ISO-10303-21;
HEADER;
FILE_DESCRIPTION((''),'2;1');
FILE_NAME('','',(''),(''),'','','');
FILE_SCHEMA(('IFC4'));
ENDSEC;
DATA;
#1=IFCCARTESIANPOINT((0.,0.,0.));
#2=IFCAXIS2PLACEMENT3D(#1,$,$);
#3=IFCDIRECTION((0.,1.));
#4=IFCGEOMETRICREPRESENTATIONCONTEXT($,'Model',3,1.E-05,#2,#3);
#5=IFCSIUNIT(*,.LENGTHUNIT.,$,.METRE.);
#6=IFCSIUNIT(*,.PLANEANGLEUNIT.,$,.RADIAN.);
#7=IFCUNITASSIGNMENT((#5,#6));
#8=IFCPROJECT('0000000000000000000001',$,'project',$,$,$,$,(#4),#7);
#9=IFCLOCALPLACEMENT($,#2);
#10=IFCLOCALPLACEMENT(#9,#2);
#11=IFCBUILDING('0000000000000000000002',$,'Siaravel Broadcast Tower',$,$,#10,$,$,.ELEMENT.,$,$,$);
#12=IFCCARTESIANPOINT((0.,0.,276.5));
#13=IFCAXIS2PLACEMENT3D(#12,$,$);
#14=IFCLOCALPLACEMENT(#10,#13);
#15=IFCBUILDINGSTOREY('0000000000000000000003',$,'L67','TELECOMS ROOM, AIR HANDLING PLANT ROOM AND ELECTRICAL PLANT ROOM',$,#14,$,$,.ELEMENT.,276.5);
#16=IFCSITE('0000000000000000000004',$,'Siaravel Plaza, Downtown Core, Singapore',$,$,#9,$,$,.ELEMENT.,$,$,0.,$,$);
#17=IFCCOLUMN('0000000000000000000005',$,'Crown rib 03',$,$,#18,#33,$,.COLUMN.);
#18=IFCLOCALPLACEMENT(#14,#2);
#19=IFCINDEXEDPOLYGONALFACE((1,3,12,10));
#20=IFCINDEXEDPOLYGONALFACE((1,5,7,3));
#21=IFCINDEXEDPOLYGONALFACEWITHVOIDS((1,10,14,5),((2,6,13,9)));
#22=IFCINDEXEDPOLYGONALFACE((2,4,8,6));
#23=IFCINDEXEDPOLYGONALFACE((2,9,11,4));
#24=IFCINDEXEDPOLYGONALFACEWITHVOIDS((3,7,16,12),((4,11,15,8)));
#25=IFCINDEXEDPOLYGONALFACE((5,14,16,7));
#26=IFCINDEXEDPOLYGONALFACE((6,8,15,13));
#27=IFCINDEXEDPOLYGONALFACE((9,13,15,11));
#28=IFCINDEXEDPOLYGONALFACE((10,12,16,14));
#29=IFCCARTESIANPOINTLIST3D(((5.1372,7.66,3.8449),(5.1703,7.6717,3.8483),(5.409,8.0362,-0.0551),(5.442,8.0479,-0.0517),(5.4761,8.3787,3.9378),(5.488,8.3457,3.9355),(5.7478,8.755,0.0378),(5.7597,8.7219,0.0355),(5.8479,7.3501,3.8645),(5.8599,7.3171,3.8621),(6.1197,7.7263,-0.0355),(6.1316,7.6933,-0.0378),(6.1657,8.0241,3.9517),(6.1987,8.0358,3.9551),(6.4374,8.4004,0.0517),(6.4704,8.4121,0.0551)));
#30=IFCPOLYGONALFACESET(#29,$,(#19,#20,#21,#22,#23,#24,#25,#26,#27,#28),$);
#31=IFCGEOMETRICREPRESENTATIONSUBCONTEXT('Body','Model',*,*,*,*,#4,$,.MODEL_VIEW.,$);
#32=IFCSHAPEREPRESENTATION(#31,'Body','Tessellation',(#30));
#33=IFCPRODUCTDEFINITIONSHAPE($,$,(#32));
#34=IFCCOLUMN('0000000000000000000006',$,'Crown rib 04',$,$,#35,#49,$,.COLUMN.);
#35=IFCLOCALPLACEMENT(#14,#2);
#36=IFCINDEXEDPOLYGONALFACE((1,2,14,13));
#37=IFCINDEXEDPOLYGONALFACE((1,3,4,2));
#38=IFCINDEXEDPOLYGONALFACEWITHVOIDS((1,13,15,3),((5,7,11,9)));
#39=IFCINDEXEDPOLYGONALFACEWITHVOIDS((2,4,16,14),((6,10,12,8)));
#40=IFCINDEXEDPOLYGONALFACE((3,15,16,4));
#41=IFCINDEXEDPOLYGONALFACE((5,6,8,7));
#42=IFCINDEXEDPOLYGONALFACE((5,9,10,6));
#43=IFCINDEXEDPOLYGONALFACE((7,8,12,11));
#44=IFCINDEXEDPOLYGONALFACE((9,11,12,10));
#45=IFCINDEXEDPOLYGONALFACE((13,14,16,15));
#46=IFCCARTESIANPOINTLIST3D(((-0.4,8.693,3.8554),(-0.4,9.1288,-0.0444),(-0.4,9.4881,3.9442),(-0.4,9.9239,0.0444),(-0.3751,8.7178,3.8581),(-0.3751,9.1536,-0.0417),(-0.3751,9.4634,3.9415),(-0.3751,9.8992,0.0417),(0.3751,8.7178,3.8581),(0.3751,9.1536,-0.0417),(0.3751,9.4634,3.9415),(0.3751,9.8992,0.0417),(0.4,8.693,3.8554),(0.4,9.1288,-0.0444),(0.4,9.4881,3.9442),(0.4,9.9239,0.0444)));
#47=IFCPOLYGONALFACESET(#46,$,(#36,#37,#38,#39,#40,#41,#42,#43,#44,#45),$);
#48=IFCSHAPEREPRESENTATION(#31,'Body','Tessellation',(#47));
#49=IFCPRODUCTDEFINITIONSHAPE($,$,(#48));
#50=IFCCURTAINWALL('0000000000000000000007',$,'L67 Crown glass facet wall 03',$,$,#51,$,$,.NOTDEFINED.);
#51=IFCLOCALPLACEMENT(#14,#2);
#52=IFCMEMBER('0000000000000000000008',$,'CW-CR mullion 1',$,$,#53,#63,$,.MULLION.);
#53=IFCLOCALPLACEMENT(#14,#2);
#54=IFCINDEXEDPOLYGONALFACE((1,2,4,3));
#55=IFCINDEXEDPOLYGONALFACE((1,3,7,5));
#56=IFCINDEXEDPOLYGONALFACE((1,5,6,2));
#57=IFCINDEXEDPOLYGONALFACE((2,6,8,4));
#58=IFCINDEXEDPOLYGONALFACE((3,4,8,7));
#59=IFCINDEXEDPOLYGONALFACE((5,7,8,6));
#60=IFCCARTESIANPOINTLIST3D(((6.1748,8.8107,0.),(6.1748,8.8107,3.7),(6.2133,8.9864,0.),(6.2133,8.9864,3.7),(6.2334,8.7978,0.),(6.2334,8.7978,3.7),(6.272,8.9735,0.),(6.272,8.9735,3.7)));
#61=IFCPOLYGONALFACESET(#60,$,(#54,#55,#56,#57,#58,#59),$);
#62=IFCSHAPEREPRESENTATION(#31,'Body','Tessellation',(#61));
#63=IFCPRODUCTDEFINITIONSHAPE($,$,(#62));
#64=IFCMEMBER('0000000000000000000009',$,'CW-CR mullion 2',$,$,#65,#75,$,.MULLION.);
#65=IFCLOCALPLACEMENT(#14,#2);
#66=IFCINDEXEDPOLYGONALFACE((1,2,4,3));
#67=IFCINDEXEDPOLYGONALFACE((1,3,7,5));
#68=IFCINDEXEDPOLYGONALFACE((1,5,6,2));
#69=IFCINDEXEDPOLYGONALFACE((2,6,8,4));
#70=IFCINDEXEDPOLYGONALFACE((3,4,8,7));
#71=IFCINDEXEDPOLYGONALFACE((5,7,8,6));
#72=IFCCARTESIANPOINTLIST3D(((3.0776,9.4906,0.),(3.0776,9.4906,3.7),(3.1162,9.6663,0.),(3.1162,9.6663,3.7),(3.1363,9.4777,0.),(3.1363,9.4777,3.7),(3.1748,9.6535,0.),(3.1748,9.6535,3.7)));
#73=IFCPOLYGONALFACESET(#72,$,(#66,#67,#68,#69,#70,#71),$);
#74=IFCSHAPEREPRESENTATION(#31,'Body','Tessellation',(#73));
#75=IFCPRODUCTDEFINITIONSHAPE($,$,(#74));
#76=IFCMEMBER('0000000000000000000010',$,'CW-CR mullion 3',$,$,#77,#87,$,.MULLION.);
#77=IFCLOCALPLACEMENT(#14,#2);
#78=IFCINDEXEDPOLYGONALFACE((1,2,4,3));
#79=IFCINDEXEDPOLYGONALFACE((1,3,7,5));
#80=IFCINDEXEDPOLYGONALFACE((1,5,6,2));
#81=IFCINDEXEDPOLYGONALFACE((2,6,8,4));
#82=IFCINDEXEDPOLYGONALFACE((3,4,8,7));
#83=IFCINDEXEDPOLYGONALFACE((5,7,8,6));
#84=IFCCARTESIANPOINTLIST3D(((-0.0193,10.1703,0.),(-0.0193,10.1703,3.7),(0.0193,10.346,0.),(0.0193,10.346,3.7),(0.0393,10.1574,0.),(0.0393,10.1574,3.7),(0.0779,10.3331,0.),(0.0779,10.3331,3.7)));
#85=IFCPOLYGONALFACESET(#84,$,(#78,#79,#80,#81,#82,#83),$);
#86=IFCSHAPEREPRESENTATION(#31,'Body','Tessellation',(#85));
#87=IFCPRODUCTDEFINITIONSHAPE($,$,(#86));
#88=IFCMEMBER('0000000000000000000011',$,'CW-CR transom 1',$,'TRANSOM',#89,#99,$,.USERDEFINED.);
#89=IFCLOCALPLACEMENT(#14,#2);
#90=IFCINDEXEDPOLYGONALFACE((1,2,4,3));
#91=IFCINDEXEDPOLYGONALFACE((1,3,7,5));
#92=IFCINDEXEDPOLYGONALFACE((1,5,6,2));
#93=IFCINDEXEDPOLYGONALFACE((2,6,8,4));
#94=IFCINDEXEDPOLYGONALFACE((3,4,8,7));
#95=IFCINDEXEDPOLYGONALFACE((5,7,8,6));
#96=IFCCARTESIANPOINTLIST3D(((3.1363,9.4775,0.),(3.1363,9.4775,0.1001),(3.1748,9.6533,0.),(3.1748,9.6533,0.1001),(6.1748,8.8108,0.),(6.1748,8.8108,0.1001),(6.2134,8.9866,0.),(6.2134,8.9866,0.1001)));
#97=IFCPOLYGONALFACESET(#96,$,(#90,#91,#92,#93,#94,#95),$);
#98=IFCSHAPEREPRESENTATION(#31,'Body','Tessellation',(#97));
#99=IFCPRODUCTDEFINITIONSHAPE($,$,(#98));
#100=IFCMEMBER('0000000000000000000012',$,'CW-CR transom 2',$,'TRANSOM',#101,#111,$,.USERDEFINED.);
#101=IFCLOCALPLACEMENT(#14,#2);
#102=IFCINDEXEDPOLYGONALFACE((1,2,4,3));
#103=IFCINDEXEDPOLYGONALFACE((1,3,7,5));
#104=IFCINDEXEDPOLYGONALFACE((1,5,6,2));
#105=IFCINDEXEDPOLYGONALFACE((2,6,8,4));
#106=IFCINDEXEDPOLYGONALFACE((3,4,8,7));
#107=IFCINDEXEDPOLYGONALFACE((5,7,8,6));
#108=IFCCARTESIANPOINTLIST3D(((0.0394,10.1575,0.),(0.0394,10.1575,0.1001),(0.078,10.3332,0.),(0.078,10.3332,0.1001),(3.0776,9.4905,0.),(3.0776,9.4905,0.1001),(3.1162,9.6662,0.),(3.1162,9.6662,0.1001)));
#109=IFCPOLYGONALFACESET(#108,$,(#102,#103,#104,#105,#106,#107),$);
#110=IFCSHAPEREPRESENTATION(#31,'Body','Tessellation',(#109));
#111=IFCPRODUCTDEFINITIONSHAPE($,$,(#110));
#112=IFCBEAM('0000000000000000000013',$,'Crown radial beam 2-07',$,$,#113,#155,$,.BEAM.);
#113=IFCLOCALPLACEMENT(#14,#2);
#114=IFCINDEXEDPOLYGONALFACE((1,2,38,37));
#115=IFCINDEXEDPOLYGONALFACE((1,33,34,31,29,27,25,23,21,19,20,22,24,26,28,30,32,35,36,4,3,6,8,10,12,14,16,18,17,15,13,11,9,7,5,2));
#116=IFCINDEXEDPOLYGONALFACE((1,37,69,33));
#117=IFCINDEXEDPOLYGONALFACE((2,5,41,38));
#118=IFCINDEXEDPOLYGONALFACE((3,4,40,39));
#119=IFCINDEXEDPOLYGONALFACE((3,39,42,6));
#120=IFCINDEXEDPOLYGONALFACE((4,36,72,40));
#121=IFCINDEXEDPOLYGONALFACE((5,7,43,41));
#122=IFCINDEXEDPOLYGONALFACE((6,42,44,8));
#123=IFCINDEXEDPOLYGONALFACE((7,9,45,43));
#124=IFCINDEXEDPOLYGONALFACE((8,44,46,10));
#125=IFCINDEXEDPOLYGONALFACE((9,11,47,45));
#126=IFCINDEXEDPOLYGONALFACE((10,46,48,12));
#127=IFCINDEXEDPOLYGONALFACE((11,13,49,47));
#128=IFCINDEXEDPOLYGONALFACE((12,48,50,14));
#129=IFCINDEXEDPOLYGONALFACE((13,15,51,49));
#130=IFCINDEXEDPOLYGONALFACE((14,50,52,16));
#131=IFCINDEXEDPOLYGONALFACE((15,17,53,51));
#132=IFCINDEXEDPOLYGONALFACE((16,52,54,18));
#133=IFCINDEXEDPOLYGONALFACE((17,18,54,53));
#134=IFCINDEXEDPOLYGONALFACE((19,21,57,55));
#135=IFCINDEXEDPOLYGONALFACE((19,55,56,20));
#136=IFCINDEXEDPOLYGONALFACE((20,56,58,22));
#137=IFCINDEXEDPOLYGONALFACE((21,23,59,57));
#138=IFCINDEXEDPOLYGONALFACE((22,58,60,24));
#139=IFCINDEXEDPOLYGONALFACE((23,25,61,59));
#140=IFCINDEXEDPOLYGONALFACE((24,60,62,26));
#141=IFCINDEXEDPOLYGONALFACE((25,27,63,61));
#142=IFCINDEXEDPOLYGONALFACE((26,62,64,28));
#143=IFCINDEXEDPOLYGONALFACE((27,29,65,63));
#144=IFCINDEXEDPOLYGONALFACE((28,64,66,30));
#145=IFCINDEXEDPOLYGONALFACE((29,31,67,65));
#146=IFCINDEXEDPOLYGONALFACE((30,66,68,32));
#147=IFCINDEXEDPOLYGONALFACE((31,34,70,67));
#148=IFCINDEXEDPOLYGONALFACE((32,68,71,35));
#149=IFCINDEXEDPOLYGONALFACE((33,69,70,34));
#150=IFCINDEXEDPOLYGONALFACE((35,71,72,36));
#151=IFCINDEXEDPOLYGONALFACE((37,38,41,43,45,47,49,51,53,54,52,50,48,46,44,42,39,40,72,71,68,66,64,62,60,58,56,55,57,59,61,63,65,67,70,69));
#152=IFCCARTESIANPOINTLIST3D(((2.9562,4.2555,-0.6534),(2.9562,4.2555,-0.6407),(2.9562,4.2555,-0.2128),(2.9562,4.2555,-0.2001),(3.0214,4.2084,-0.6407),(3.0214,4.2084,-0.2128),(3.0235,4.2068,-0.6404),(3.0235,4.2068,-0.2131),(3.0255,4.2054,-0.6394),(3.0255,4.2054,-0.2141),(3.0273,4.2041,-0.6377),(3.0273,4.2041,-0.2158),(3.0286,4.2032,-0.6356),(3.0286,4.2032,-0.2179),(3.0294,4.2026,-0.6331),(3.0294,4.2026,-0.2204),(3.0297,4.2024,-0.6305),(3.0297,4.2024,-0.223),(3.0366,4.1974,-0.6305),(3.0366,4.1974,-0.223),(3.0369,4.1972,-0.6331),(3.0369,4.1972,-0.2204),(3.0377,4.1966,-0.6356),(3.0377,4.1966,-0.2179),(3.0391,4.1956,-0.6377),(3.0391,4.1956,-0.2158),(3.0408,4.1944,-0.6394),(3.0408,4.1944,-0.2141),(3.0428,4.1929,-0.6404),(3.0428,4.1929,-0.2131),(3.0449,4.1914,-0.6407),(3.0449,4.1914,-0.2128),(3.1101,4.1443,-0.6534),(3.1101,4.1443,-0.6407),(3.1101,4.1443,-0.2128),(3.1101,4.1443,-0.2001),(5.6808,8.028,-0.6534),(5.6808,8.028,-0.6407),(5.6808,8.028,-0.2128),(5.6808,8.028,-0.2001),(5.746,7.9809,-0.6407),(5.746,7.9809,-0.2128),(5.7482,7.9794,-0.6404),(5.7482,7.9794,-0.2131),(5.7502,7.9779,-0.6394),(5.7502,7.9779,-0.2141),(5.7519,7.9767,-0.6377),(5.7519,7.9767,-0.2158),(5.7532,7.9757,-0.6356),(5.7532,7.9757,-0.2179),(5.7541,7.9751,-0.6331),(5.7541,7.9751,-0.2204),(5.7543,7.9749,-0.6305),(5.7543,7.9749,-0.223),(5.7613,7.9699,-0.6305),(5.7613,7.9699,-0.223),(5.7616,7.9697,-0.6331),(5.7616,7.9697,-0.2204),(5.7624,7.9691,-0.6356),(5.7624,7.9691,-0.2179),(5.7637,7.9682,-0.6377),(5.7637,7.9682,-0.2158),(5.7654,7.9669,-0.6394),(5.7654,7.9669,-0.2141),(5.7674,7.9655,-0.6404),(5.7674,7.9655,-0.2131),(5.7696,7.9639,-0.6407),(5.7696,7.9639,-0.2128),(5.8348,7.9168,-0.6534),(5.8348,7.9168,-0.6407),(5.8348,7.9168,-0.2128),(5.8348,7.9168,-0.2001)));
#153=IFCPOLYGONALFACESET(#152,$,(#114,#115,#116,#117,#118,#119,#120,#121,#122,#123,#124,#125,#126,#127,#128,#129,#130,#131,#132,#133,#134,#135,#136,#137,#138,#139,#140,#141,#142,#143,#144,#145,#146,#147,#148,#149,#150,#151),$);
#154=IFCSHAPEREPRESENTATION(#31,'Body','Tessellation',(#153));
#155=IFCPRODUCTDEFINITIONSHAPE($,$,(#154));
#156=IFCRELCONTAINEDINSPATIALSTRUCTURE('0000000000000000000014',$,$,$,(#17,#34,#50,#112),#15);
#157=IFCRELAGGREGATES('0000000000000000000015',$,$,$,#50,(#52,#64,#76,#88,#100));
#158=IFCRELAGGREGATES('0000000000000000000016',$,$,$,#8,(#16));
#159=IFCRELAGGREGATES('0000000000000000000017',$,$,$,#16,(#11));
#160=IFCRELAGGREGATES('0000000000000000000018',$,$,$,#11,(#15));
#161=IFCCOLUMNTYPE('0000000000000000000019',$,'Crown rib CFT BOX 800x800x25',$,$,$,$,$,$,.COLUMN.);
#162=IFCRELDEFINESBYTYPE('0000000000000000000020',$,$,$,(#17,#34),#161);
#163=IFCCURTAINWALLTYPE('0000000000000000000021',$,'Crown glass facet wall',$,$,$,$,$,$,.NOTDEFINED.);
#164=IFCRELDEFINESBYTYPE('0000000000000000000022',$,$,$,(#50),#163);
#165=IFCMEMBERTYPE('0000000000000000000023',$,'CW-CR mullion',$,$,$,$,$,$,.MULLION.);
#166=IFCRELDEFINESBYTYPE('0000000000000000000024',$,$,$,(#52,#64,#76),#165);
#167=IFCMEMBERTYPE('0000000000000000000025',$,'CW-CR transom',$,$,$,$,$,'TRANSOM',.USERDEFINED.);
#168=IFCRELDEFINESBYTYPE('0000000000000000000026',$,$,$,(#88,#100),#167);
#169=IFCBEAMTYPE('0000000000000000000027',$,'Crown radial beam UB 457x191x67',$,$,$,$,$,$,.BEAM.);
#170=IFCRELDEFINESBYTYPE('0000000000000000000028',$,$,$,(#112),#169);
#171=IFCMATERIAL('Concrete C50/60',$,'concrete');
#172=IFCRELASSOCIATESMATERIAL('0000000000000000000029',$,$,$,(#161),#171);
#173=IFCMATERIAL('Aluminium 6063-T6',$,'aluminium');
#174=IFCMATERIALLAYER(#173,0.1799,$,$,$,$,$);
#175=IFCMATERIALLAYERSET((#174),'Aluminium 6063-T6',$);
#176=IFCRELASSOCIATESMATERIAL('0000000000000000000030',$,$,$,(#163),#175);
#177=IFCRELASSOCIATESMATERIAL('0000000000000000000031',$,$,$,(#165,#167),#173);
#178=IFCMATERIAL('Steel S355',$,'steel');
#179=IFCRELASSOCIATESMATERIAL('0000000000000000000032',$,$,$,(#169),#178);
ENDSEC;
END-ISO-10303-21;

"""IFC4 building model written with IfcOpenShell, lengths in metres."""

from ifc_helpers import new_model, si_unit, direction, frame, origin, origin_2d, place, context, subcontext, project, spatial, rectangle, hollow_rectangle, i_section, extrude, material, layer, layer_set, material_profile, profile_set, type_object, element, aggregate, save


model = new_model("IFC4")

# Units and contexts
model_context = context("Model", 3, precision=1e-05, world=origin(), true_north=direction((0.0, 1.0)))
body_context = subcontext(model_context, "Body", "Model", "MODEL_VIEW")
ifc_project = project(units=[si_unit("LENGTHUNIT", "METRE"), si_unit("PLANEANGLEUNIT", "RADIAN")], contexts=[model_context])

# Site, building, storey
site_placement = place(None, origin())
site = spatial("IfcSite", under=ifc_project, at=site_placement, Name="Siaravel Plaza, Downtown Core, Singapore", CompositionType="ELEMENT", RefElevation=0.0)
building_placement = place(site_placement, origin())
building = spatial("IfcBuilding", under=site, at=building_placement, Name="Siaravel Broadcast Tower", CompositionType="ELEMENT")
storey_placement = place(building_placement, frame((0.0, 0.0, 276.5)))
storey = spatial("IfcBuildingStorey", under=building, at=storey_placement, Name="L67", Description="TELECOMS ROOM, AIR HANDLING PLANT ROOM AND ELECTRICAL PLANT ROOM", CompositionType="ELEMENT", Elevation=276.5)

# Columns
ifc_material_1 = material(Name="Concrete C50/60", Category="concrete")
ifc_material_profile_1 = material_profile(ifc_material_1, hollow_rectangle(XDim=0.8, YDim=0.8, WallThickness=0.0249, at=origin_2d()))
ifc_profile_set_1 = profile_set([ifc_material_profile_1], Name="Concrete C50/60")
column_type = type_object("IfcColumnType", Name="Crown rib CFT BOX 800x800x25", PredefinedType="COLUMN", material=ifc_profile_set_1)
column_1_placement = place(storey_placement, frame((5.9397, 8.2241, 0.0), z_axis=(-0.069188, -0.095793, 0.992994), x_axis=(0.903243, -0.428585, 0.021589)))
element("IfcColumn", 1, at=column_1_placement, inside=storey, type_object=column_type, Name="Crown rib 03", PredefinedType="COLUMN", context=body_context, shape_type="SweptSolid", body=[
    extrude(hollow_rectangle(XDim=0.8, YDim=0.8, WallThickness=0.0249, at=origin_2d()), origin(), (0.0, 0.0, 1.0), 3.9275),
])
column_2_placement = place(storey_placement, frame((0.0, 9.5264, 0.0), z_axis=(0.0, -0.111053, 0.993814), x_axis=(1.0, 0.0, 0.0)))
element("IfcColumn", 2, at=column_2_placement, inside=storey, type_object=column_type, Name="Crown rib 04", PredefinedType="COLUMN", context=body_context, shape_type="SweptSolid", body=[
    extrude(hollow_rectangle(XDim=0.8, YDim=0.8, WallThickness=0.0249, at=origin_2d()), origin(), (0.0, 0.0, 1.0), 3.9241),
])

# Curtain wall, members
ifc_material_2 = material(Name="Aluminium 6063-T6", Category="aluminium")
ifc_layer_1 = layer(ifc_material_2, 0.1799)
ifc_layer_set_1 = layer_set([ifc_layer_1], Name="Aluminium 6063-T6")
curtain_wall_type = type_object("IfcCurtainWallType", Name="Crown glass facet wall", PredefinedType="NOTDEFINED", material=ifc_layer_set_1)
curtain_wall_placement = place(storey_placement, origin())
curtain_wall = element("IfcCurtainWall", 3, at=curtain_wall_placement, inside=storey, type_object=curtain_wall_type, Name="L67 Crown glass facet wall 03", PredefinedType="NOTDEFINED")
ifc_material_profile_2 = material_profile(ifc_material_2, rectangle(XDim=0.1799, YDim=0.0601, at=origin_2d()))
ifc_profile_set_2 = profile_set([ifc_material_profile_2], Name="Aluminium 6063-T6")
member_type_1 = type_object("IfcMemberType", Name="CW-CR mullion", PredefinedType="MULLION", material=ifc_profile_set_2)
member_1_placement = place(storey_placement, frame((6.2234, 8.8921, 0.0), z_axis=(0.0, 0.0, 1.0), x_axis=(-0.214394, -0.976747, 0.0)))
member_1 = element("IfcMember", 4, at=member_1_placement, type_object=member_type_1, Name="CW-CR mullion 1", PredefinedType="MULLION", context=body_context, shape_type="SweptSolid", body=[
    extrude(rectangle(XDim=0.1799, YDim=0.0601, at=origin_2d()), origin(), (0.0, 0.0, 1.0), 3.7),
])
member_2_placement = place(storey_placement, frame((3.1262, 9.572, 0.0), z_axis=(0.0, 0.0, 1.0), x_axis=(-0.214394, -0.976747, 0.0)))
member_2 = element("IfcMember", 5, at=member_2_placement, type_object=member_type_1, Name="CW-CR mullion 2", PredefinedType="MULLION", context=body_context, shape_type="SweptSolid", body=[
    extrude(rectangle(XDim=0.1799, YDim=0.0601, at=origin_2d()), origin(), (0.0, 0.0, 1.0), 3.7),
])
member_3_placement = place(storey_placement, frame((0.0293, 10.2517, 0.0), z_axis=(0.0, 0.0, 1.0), x_axis=(-0.214394, -0.976747, 0.0)))
member_3 = element("IfcMember", 6, at=member_3_placement, type_object=member_type_1, Name="CW-CR mullion 3", PredefinedType="MULLION", context=body_context, shape_type="SweptSolid", body=[
    extrude(rectangle(XDim=0.1799, YDim=0.0601, at=origin_2d()), origin(), (0.0, 0.0, 1.0), 3.7),
])
ifc_material_profile_3 = material_profile(ifc_material_2, rectangle(XDim=0.1799, YDim=0.1001, at=origin_2d()))
ifc_profile_set_3 = profile_set([ifc_material_profile_3], Name="Aluminium 6063-T6")
member_type_2 = type_object("IfcMemberType", Name="CW-CR transom", ElementType="TRANSOM", PredefinedType="USERDEFINED", material=ifc_profile_set_3)
member_4_placement = place(storey_placement, frame((6.1941, 8.8987, 0.05), z_axis=(-0.976762, 0.214329, 0.0), x_axis=(-0.214329, -0.976762, 0.0)))
member_4 = element("IfcMember", 7, at=member_4_placement, type_object=member_type_2, Name="CW-CR transom 1", ObjectType="TRANSOM", PredefinedType="USERDEFINED", context=body_context, shape_type="SweptSolid", body=[
    extrude(rectangle(XDim=0.1799, YDim=0.1001, at=origin_2d()), origin(), (0.0, 0.0, 1.0), 3.1108),
])
member_5_placement = place(storey_placement, frame((3.0969, 9.5784, 0.05), z_axis=(-0.976742, 0.21442, 0.0), x_axis=(-0.21442, -0.976742, 0.0)))
member_5 = element("IfcMember", 8, at=member_5_placement, type_object=member_type_2, Name="CW-CR transom 2", ObjectType="TRANSOM", PredefinedType="USERDEFINED", context=body_context, shape_type="SweptSolid", body=[
    extrude(rectangle(XDim=0.1799, YDim=0.1001, at=origin_2d()), origin(), (0.0, 0.0, 1.0), 3.1106),
])

# Beam
ifc_material_3 = material(Name="Steel S355", Category="steel")
ifc_material_profile_4 = material_profile(ifc_material_3, i_section(OverallWidth=0.1899, OverallDepth=0.4534, WebThickness=0.0085, FlangeThickness=0.0127, FilletRadius=0.0103, at=origin_2d()))
ifc_profile_set_4 = profile_set([ifc_material_profile_4], Name="Steel S355")
beam_type_1 = type_object("IfcBeamType", Name="Crown radial beam UB 457x191x67", PredefinedType="BEAM", material=ifc_profile_set_4)
beam_1_placement = place(storey_placement, frame((5.7578, 7.9724, -0.4268), z_axis=(-0.585498, -0.810674, 0.0), x_axis=(0.810674, -0.585498, 0.0)))
element("IfcBeam", 9, at=beam_1_placement, inside=storey, type_object=beam_type_1, Name="Crown radial beam 2-07", PredefinedType="BEAM", context=body_context, shape_type="SweptSolid", body=[
    extrude(i_section(OverallWidth=0.1899, OverallDepth=0.4534, WebThickness=0.0085, FlangeThickness=0.0127, FilletRadius=0.0103, at=origin_2d()), origin(), (0.0, 0.0, 1.0), 4.6536),
])

aggregate(curtain_wall, [member_1, member_2, member_3, member_4, member_5])

save(model, "model.ifc")
